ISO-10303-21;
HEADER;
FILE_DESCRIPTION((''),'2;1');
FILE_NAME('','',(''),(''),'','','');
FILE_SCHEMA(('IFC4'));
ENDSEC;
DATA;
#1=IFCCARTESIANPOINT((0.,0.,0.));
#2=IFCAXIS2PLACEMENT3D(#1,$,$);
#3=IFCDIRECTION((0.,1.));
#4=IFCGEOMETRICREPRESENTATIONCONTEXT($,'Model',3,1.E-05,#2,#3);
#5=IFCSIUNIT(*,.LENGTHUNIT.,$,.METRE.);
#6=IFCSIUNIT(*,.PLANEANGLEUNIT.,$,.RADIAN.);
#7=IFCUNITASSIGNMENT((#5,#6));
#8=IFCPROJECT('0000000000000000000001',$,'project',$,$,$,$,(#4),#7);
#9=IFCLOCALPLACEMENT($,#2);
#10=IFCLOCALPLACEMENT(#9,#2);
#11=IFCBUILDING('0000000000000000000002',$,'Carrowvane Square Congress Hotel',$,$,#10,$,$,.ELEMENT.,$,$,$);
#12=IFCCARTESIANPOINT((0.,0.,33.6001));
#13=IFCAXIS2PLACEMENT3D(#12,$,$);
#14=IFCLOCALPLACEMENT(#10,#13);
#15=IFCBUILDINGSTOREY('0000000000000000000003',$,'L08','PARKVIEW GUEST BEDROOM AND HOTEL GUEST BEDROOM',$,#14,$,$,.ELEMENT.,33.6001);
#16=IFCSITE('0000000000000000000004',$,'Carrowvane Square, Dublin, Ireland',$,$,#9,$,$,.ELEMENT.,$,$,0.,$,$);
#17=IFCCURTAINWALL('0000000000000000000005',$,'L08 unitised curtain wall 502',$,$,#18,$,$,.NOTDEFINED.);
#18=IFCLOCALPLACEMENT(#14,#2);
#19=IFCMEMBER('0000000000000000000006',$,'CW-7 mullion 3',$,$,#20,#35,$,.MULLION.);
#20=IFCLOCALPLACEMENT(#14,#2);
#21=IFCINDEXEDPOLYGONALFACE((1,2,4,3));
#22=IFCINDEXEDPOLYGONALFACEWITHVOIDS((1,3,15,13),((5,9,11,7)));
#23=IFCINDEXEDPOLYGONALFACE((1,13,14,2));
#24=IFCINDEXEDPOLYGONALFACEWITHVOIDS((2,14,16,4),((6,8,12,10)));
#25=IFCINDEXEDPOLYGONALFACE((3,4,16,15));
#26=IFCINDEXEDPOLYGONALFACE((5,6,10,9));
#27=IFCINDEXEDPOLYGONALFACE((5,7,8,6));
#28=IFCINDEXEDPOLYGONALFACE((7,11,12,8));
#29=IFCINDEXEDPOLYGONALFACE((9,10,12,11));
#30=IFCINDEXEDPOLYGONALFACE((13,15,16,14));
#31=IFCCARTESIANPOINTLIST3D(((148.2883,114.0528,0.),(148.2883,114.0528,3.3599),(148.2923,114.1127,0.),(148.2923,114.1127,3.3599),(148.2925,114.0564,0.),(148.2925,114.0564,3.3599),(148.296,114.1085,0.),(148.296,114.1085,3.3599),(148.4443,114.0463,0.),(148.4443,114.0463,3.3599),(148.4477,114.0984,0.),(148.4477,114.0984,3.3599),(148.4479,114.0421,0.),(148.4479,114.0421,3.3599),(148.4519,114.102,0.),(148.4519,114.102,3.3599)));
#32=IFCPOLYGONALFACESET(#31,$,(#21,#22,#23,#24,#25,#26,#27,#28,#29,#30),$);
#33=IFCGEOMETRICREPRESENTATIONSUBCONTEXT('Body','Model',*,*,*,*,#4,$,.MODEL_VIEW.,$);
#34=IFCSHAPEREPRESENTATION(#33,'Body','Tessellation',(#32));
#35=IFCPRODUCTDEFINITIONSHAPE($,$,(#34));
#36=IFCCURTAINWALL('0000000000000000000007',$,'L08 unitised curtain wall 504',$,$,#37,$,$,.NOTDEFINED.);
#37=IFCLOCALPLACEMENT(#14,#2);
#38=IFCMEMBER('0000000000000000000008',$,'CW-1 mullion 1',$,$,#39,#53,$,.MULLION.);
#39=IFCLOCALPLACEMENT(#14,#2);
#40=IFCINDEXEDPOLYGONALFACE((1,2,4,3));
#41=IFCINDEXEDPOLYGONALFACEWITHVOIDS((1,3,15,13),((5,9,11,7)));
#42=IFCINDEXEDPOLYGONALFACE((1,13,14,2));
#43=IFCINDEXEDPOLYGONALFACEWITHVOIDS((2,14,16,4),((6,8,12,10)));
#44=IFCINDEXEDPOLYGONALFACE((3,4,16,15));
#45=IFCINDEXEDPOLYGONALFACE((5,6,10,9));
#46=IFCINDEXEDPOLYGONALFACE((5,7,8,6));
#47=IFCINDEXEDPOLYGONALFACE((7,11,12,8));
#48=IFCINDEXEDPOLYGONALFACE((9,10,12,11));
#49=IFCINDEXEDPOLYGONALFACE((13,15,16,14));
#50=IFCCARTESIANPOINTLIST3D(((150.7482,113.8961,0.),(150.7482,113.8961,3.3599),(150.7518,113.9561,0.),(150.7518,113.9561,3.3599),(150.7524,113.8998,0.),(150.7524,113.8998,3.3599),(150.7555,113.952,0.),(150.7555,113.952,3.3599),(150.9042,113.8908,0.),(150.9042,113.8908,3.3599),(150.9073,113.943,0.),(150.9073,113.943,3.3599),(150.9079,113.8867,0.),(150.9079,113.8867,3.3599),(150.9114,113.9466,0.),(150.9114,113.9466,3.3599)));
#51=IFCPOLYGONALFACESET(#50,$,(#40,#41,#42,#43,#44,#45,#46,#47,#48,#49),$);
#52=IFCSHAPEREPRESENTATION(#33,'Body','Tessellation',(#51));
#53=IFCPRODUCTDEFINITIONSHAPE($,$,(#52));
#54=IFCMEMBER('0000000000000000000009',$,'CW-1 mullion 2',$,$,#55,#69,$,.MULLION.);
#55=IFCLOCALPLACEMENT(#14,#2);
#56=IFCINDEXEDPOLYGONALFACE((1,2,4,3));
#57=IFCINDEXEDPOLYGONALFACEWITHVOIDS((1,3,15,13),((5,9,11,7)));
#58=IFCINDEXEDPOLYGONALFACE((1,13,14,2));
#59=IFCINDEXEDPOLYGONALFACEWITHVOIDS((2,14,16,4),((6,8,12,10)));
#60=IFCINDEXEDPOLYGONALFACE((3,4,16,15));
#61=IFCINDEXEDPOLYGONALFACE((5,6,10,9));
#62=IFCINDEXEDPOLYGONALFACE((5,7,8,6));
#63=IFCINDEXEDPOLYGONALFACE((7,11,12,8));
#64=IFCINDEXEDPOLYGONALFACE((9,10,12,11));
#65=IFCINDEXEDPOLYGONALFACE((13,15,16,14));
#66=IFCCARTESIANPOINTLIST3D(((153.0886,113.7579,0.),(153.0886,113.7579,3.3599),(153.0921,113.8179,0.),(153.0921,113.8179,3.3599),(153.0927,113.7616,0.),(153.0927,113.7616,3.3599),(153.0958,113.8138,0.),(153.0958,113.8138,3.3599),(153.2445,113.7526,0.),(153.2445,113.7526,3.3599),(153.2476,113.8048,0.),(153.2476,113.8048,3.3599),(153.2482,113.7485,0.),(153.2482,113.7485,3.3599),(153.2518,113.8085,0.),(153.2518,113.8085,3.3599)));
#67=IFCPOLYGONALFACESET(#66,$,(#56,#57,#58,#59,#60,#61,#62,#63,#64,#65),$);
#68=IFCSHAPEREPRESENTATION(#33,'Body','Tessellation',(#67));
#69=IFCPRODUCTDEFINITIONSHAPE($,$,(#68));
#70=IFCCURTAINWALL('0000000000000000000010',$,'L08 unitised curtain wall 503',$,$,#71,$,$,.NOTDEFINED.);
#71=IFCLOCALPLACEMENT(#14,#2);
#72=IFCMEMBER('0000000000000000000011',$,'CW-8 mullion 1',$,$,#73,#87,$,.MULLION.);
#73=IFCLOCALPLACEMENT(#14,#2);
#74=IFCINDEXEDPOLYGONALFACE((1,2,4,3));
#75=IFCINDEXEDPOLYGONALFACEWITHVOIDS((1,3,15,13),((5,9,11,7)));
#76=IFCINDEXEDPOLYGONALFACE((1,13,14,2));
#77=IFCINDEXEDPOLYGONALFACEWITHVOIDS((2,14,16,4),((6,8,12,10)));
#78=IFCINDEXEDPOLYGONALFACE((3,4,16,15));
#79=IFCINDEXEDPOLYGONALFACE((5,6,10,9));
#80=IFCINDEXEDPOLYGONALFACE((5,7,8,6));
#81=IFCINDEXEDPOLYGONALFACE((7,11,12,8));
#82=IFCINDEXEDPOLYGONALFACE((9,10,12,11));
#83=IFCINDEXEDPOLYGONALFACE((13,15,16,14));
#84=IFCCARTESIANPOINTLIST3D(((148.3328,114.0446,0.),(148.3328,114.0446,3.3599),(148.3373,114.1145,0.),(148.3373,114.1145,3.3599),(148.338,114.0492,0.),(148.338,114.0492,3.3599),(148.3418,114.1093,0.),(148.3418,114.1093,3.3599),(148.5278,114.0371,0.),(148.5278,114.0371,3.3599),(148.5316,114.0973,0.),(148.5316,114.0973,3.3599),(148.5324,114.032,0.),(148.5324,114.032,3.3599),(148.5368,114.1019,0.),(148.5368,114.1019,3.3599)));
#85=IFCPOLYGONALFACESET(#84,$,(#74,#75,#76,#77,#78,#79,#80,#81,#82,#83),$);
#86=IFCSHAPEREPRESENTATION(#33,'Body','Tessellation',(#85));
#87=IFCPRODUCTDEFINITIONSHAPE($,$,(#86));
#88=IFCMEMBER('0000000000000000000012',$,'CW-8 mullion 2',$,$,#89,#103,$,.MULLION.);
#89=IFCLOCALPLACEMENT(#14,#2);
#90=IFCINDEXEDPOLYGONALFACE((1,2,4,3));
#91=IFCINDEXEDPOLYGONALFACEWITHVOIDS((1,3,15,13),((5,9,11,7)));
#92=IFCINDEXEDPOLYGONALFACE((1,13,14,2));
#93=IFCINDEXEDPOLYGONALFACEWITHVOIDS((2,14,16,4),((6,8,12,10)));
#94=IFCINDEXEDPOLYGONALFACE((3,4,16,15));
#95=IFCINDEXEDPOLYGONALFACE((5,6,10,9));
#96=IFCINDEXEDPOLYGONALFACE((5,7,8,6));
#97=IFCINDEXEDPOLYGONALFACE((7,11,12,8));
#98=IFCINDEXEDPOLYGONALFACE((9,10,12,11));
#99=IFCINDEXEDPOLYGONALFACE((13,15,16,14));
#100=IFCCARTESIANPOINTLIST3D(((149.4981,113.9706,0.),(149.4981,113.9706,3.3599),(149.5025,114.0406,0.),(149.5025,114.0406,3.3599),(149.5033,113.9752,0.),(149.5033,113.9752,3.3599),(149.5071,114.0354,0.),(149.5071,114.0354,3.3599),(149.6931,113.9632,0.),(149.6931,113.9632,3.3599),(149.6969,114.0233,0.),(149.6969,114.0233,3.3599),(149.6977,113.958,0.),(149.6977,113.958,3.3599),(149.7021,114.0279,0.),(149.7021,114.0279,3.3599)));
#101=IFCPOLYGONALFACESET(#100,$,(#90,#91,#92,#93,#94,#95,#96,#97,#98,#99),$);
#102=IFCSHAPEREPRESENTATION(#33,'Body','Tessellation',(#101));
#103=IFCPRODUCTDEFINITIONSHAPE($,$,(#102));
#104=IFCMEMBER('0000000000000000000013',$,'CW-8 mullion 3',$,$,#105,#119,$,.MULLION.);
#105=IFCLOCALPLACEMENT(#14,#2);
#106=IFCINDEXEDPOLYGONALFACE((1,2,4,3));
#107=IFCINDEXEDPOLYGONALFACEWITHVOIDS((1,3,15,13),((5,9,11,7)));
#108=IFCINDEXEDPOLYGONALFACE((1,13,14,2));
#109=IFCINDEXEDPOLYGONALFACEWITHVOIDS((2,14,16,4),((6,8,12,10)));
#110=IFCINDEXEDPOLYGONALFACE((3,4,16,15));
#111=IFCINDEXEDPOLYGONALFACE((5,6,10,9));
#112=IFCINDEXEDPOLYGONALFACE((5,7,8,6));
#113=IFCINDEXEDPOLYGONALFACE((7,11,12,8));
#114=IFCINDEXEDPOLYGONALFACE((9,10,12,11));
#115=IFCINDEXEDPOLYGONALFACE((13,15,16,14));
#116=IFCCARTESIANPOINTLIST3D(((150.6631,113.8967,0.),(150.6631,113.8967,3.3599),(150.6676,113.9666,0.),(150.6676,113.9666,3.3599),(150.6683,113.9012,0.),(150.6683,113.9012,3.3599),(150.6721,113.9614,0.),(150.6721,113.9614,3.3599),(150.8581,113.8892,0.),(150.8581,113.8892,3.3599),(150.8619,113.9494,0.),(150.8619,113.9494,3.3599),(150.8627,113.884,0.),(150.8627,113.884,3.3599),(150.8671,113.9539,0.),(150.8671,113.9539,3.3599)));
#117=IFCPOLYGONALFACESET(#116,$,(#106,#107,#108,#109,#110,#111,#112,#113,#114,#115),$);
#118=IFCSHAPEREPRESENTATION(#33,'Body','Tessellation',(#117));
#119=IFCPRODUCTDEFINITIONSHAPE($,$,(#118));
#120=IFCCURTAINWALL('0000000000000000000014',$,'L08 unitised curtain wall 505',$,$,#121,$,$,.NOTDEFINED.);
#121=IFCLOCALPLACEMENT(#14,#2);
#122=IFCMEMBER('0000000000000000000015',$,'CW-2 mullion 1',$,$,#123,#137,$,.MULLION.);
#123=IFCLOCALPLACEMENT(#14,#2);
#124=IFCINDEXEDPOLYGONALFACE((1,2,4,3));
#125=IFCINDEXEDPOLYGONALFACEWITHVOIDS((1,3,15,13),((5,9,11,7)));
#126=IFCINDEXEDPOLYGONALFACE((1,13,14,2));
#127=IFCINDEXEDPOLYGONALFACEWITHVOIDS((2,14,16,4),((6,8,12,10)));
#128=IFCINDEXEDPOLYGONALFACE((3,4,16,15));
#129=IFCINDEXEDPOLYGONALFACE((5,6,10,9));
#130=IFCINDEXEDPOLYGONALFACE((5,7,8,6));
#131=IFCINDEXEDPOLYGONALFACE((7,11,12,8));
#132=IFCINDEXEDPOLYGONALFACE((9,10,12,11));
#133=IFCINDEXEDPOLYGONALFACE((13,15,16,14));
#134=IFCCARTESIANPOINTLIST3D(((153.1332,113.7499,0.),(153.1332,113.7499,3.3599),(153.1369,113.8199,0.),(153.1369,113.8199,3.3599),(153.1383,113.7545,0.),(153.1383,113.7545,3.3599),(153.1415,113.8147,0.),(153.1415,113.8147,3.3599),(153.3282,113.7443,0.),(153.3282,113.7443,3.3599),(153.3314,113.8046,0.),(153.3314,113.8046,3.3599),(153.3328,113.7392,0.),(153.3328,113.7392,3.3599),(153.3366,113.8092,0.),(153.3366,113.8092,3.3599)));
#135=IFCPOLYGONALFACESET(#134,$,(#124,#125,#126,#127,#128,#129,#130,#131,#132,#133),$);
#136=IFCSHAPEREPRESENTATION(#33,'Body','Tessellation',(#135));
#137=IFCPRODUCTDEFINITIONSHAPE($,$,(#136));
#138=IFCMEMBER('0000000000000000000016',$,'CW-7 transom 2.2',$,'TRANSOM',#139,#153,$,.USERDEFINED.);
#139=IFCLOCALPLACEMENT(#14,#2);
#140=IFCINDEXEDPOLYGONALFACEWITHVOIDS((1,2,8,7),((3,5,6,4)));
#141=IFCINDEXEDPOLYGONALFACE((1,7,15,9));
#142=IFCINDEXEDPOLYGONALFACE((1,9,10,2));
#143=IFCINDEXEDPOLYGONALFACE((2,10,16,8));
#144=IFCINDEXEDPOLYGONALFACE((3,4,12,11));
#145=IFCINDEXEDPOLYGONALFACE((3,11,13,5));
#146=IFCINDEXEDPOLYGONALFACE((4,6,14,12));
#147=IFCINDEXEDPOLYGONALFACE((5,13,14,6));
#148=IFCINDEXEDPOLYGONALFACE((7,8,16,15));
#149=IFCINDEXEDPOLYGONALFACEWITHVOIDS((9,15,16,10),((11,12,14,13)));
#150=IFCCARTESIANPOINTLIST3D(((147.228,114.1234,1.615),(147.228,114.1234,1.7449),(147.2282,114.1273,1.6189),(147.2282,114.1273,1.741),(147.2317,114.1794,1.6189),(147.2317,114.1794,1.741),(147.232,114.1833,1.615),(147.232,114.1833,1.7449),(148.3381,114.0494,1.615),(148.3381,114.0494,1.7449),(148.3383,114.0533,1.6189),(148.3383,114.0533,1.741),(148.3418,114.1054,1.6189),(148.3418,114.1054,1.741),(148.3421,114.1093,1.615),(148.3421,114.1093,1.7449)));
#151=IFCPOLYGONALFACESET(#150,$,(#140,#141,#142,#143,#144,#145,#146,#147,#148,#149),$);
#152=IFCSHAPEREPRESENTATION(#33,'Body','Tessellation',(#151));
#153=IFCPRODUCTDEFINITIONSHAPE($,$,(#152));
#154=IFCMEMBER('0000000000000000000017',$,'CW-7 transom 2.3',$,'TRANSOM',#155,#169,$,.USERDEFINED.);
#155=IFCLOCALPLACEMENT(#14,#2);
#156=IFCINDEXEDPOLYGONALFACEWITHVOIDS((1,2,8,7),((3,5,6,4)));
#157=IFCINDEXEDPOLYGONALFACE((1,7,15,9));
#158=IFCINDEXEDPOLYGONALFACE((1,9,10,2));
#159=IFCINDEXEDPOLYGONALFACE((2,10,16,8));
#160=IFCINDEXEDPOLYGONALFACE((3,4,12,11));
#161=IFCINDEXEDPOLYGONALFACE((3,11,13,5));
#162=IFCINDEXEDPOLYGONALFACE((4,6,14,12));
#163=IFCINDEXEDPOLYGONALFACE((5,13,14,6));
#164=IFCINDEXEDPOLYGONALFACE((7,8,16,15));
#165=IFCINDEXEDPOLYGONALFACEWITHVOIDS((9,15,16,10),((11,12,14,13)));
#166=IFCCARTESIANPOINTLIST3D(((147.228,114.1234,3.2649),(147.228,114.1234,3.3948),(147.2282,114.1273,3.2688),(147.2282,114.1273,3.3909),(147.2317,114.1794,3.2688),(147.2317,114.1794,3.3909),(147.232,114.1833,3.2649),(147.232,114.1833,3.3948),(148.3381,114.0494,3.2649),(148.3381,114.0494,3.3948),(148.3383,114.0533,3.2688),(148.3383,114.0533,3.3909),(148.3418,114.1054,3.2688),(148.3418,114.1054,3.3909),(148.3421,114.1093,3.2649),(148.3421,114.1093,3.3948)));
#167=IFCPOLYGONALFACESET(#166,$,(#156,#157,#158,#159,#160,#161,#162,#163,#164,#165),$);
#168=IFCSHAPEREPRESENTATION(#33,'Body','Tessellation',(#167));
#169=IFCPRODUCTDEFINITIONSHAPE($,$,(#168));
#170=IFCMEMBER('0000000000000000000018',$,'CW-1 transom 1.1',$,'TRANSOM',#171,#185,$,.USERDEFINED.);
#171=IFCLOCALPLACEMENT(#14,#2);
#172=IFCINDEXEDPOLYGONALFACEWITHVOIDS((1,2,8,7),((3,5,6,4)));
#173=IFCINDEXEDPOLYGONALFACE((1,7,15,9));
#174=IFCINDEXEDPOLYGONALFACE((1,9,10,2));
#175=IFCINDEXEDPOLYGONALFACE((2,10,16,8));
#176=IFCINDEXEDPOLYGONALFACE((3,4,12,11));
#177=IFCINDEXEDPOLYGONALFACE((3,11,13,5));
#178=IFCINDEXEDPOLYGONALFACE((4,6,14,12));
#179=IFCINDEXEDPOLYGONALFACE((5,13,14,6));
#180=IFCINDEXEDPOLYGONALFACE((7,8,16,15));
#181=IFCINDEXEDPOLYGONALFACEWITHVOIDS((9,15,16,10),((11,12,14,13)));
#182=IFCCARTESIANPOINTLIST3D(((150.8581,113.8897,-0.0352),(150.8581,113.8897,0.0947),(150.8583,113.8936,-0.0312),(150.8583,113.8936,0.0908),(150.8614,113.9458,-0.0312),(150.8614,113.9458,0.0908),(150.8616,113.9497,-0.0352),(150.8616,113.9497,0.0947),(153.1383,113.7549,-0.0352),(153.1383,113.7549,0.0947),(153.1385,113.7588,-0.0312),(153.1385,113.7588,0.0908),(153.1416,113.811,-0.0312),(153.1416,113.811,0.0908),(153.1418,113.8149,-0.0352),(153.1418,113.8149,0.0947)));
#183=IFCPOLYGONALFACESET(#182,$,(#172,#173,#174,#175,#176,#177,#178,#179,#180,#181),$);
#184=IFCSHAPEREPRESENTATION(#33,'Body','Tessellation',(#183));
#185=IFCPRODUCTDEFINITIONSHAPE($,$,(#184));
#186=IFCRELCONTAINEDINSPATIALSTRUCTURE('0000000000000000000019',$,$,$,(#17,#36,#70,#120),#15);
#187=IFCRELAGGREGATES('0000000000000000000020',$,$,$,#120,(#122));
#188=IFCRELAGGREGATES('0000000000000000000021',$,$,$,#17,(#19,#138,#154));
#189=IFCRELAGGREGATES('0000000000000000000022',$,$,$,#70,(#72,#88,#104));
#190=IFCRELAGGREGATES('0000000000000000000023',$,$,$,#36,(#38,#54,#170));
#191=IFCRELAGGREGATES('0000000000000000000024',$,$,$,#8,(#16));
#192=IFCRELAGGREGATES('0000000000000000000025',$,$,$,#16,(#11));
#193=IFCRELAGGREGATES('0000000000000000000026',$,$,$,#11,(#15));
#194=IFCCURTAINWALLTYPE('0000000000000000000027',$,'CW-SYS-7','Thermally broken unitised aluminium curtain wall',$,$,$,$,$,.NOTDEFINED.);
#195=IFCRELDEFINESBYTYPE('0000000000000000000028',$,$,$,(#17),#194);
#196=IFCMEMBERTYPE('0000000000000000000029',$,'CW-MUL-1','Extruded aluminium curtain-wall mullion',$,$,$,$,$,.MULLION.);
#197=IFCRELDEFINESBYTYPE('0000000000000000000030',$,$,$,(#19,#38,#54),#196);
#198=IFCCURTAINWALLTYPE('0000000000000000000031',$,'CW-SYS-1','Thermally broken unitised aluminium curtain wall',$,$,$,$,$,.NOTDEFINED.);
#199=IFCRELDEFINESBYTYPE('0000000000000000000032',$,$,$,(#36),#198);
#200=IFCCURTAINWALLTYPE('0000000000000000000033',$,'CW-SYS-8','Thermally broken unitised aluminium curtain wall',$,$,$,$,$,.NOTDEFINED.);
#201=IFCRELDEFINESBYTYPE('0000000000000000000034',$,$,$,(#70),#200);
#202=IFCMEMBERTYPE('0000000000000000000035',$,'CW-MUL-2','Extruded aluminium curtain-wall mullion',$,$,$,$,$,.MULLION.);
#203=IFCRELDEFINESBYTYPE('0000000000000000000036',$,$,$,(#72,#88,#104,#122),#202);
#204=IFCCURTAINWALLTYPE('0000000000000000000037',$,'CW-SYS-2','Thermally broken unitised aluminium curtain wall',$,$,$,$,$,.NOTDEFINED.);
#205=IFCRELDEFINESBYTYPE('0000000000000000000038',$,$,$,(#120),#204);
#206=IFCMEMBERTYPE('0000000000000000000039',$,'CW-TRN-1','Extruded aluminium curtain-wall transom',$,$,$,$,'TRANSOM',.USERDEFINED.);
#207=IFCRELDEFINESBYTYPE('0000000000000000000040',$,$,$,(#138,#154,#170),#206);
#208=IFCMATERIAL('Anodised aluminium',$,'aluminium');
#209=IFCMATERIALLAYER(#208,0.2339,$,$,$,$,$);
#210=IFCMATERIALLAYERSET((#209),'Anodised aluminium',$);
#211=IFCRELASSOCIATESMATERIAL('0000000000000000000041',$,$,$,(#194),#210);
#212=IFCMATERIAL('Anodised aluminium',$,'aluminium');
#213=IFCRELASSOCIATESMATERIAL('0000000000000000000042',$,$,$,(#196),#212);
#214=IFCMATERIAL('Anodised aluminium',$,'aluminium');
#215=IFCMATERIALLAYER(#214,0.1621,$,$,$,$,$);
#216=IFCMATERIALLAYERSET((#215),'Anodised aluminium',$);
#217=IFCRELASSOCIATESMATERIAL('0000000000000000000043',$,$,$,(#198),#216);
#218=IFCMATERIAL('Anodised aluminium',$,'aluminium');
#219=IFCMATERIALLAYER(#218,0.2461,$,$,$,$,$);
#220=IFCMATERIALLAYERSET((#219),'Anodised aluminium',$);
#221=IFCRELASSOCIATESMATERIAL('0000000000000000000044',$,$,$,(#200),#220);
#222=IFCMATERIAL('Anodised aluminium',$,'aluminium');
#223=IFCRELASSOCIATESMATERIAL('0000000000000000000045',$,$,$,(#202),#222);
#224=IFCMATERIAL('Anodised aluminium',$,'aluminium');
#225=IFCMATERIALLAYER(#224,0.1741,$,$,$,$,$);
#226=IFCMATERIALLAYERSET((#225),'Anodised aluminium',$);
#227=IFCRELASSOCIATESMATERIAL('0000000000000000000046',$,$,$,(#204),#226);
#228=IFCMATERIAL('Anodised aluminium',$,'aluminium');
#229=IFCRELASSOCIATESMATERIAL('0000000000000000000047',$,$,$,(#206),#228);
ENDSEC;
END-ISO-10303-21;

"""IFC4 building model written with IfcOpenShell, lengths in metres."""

from ifc_helpers import new_model, si_unit, direction, frame, origin, origin_2d, place, context, subcontext, project, spatial, hollow_rectangle, extrude, material, layer, layer_set, material_profile, profile_set, type_object, element, aggregate, save


model = new_model("IFC4")

# Units and contexts
model_context = context("Model", 3, precision=1e-05, world=origin(), true_north=direction((0.0, 1.0)))
body_context = subcontext(model_context, "Body", "Model", "MODEL_VIEW")
ifc_project = project(units=[si_unit("LENGTHUNIT", "METRE"), si_unit("PLANEANGLEUNIT", "RADIAN")], contexts=[model_context])

# Site, building, storey
site_placement = place(None, origin())
site = spatial("IfcSite", under=ifc_project, at=site_placement, Name="Carrowvane Square, Dublin, Ireland", CompositionType="ELEMENT", RefElevation=0.0)
building_placement = place(site_placement, origin())
building = spatial("IfcBuilding", under=site, at=building_placement, Name="Carrowvane Square Congress Hotel", CompositionType="ELEMENT")
storey_placement = place(building_placement, frame((0.0, 0.0, 33.6001)))
storey = spatial("IfcBuildingStorey", under=building, at=storey_placement, Name="L08", Description="PARKVIEW GUEST BEDROOM AND HOTEL GUEST BEDROOM", CompositionType="ELEMENT", Elevation=33.6001)

# Curtain wall, member
ifc_material_1 = material(Name="Anodised aluminium", Category="aluminium")
ifc_layer_1 = layer(ifc_material_1, 0.2339)
ifc_layer_set_1 = layer_set([ifc_layer_1], Name="Anodised aluminium")
curtain_wall_type_1 = type_object("IfcCurtainWallType", Name="CW-SYS-7", Description="Thermally broken unitised aluminium curtain wall", PredefinedType="NOTDEFINED", material=ifc_layer_set_1)
curtain_wall_1_placement = place(storey_placement, origin())
curtain_wall_1 = element("IfcCurtainWall", 1, at=curtain_wall_1_placement, inside=storey, type_object=curtain_wall_type_1, Name="L08 unitised curtain wall 502", PredefinedType="NOTDEFINED")
ifc_material_2 = material(Name="Anodised aluminium", Category="aluminium")
ifc_material_profile_1 = material_profile(ifc_material_2, hollow_rectangle(XDim=0.0601, YDim=0.1599, WallThickness=0.0039, at=origin_2d()), Name="CW-ML 60x160x4")
ifc_profile_set_1 = profile_set([ifc_material_profile_1], Name="Anodised aluminium")
member_type_1 = type_object("IfcMemberType", Name="CW-MUL-1", Description="Extruded aluminium curtain-wall mullion", PredefinedType="MULLION", material=ifc_profile_set_1)
member_1_placement = place(storey_placement, frame((148.3701, 114.0774, 0.0), z_axis=(0.0, 0.0, 1.0), x_axis=(0.066574, 0.997781, 0.0)))
member_1 = element("IfcMember", 2, at=member_1_placement, type_object=member_type_1, Name="CW-7 mullion 3", PredefinedType="MULLION", context=body_context, shape_type="SweptSolid", body=[
    extrude(hollow_rectangle(XDim=0.0601, YDim=0.1599, WallThickness=0.0039, at=origin_2d()), origin(), (0.0, 0.0, 1.0), 3.3599),
])

# Curtain walls, members
ifc_material_3 = material(Name="Anodised aluminium", Category="aluminium")
ifc_layer_2 = layer(ifc_material_3, 0.1621)
ifc_layer_set_2 = layer_set([ifc_layer_2], Name="Anodised aluminium")
curtain_wall_type_2 = type_object("IfcCurtainWallType", Name="CW-SYS-1", Description="Thermally broken unitised aluminium curtain wall", PredefinedType="NOTDEFINED", material=ifc_layer_set_2)
curtain_wall_2_placement = place(storey_placement, origin())
curtain_wall_2 = element("IfcCurtainWall", 3, at=curtain_wall_2_placement, inside=storey, type_object=curtain_wall_type_2, Name="L08 unitised curtain wall 504", PredefinedType="NOTDEFINED")
member_2_placement = place(storey_placement, frame((150.8298, 113.9214, 0.0), z_axis=(0.0, 0.0, 1.0), x_axis=(0.058989, 0.998259, 0.0)))
member_2 = element("IfcMember", 4, at=member_2_placement, type_object=member_type_1, Name="CW-1 mullion 1", PredefinedType="MULLION", context=body_context, shape_type="SweptSolid", body=[
    extrude(hollow_rectangle(XDim=0.0601, YDim=0.1599, WallThickness=0.0039, at=origin_2d()), origin(), (0.0, 0.0, 1.0), 3.3599),
])
member_3_placement = place(storey_placement, frame((153.1702, 113.7832, 0.0), z_axis=(0.0, 0.0, 1.0), x_axis=(0.058989, 0.998259, 0.0)))
member_3 = element("IfcMember", 5, at=member_3_placement, type_object=member_type_1, Name="CW-1 mullion 2", PredefinedType="MULLION", context=body_context, shape_type="SweptSolid", body=[
    extrude(hollow_rectangle(XDim=0.0601, YDim=0.1599, WallThickness=0.0039, at=origin_2d()), origin(), (0.0, 0.0, 1.0), 3.3599),
])
ifc_material_4 = material(Name="Anodised aluminium", Category="aluminium")
ifc_layer_3 = layer(ifc_material_4, 0.2461)
ifc_layer_set_3 = layer_set([ifc_layer_3], Name="Anodised aluminium")
curtain_wall_type_3 = type_object("IfcCurtainWallType", Name="CW-SYS-8", Description="Thermally broken unitised aluminium curtain wall", PredefinedType="NOTDEFINED", material=ifc_layer_set_3)
curtain_wall_3_placement = place(storey_placement, origin())
curtain_wall_3 = element("IfcCurtainWall", 6, at=curtain_wall_3_placement, inside=storey, type_object=curtain_wall_type_3, Name="L08 unitised curtain wall 503", PredefinedType="NOTDEFINED")
ifc_material_5 = material(Name="Anodised aluminium", Category="aluminium")
ifc_material_profile_2 = material_profile(ifc_material_5, hollow_rectangle(XDim=0.0701, YDim=0.2, WallThickness=0.0049, at=origin_2d()), Name="CW-ML 70x200x5")
ifc_profile_set_2 = profile_set([ifc_material_profile_2], Name="Anodised aluminium")
member_type_2 = type_object("IfcMemberType", Name="CW-MUL-2", Description="Extruded aluminium curtain-wall mullion", PredefinedType="MULLION", material=ifc_profile_set_2)
member_4_placement = place(storey_placement, frame((148.4348, 114.0732, 0.0), z_axis=(0.0, 0.0, 1.0), x_axis=(0.063273, 0.997996, 0.0)))
member_4 = element("IfcMember", 7, at=member_4_placement, type_object=member_type_2, Name="CW-8 mullion 1", PredefinedType="MULLION", context=body_context, shape_type="SweptSolid", body=[
    extrude(hollow_rectangle(XDim=0.0701, YDim=0.2, WallThickness=0.0049, at=origin_2d()), origin(), (0.0, 0.0, 1.0), 3.3599),
])
member_5_placement = place(storey_placement, frame((149.6001, 113.9993, 0.0), z_axis=(0.0, 0.0, 1.0), x_axis=(0.063273, 0.997996, 0.0)))
member_5 = element("IfcMember", 8, at=member_5_placement, type_object=member_type_2, Name="CW-8 mullion 2", PredefinedType="MULLION", context=body_context, shape_type="SweptSolid", body=[
    extrude(hollow_rectangle(XDim=0.0701, YDim=0.2, WallThickness=0.0049, at=origin_2d()), origin(), (0.0, 0.0, 1.0), 3.3599),
])
member_6_placement = place(storey_placement, frame((150.7651, 113.9253, 0.0), z_axis=(0.0, 0.0, 1.0), x_axis=(0.063273, 0.997996, 0.0)))
member_6 = element("IfcMember", 9, at=member_6_placement, type_object=member_type_2, Name="CW-8 mullion 3", PredefinedType="MULLION", context=body_context, shape_type="SweptSolid", body=[
    extrude(hollow_rectangle(XDim=0.0701, YDim=0.2, WallThickness=0.0049, at=origin_2d()), origin(), (0.0, 0.0, 1.0), 3.3599),
])

# Curtain wall, member
ifc_material_6 = material(Name="Anodised aluminium", Category="aluminium")
ifc_layer_4 = layer(ifc_material_6, 0.1741)
ifc_layer_set_4 = layer_set([ifc_layer_4], Name="Anodised aluminium")
curtain_wall_type_4 = type_object("IfcCurtainWallType", Name="CW-SYS-2", Description="Thermally broken unitised aluminium curtain wall", PredefinedType="NOTDEFINED", material=ifc_layer_set_4)
curtain_wall_4_placement = place(storey_placement, origin())
curtain_wall_4 = element("IfcCurtainWall", 10, at=curtain_wall_4_placement, inside=storey, type_object=curtain_wall_type_4, Name="L08 unitised curtain wall 505", PredefinedType="NOTDEFINED")
member_7_placement = place(storey_placement, frame((153.2349, 113.7795, 0.0), z_axis=(0.0, 0.0, 1.0), x_axis=(0.053516, 0.998567, 0.0)))
member_7 = element("IfcMember", 11, at=member_7_placement, type_object=member_type_2, Name="CW-2 mullion 1", PredefinedType="MULLION", context=body_context, shape_type="SweptSolid", body=[
    extrude(hollow_rectangle(XDim=0.0701, YDim=0.2, WallThickness=0.0049, at=origin_2d()), origin(), (0.0, 0.0, 1.0), 3.3599),
])

# Members
ifc_material_7 = material(Name="Anodised aluminium", Category="aluminium")
ifc_material_profile_3 = material_profile(ifc_material_7, hollow_rectangle(XDim=0.0601, YDim=0.1299, WallThickness=0.0039, at=origin_2d()), Name="CW-TR 60x130x4")
ifc_profile_set_3 = profile_set([ifc_material_profile_3], Name="Anodised aluminium")
member_type_3 = type_object("IfcMemberType", Name="CW-TRN-1", Description="Extruded aluminium curtain-wall transom", ElementType="TRANSOM", PredefinedType="USERDEFINED", material=ifc_profile_set_3)
member_8_placement = place(storey_placement, frame((147.23, 114.1533, 1.6799), z_axis=(0.997787, -0.06649, 0.0), x_axis=(0.06649, 0.997787, 0.0)))
member_8 = element("IfcMember", 12, at=member_8_placement, type_object=member_type_3, Name="CW-7 transom 2.2", ObjectType="TRANSOM", PredefinedType="USERDEFINED", context=body_context, shape_type="SweptSolid", body=[
    extrude(hollow_rectangle(XDim=0.0601, YDim=0.1299, WallThickness=0.0039, at=origin_2d()), origin(), (0.0, 0.0, 1.0), 1.1125),
])
member_9_placement = place(storey_placement, frame((147.23, 114.1533, 3.3298), z_axis=(0.997787, -0.06649, 0.0), x_axis=(0.06649, 0.997787, 0.0)))
member_9 = element("IfcMember", 13, at=member_9_placement, type_object=member_type_3, Name="CW-7 transom 2.3", ObjectType="TRANSOM", PredefinedType="USERDEFINED", context=body_context, shape_type="SweptSolid", body=[
    extrude(hollow_rectangle(XDim=0.0601, YDim=0.1299, WallThickness=0.0039, at=origin_2d()), origin(), (0.0, 0.0, 1.0), 1.1125),
])
member_10_placement = place(storey_placement, frame((150.8599, 113.9197, 0.0298), z_axis=(0.998258, -0.058998, 0.0), x_axis=(0.058998, 0.998258, 0.0)))
member_10 = element("IfcMember", 14, at=member_10_placement, type_object=member_type_3, Name="CW-1 transom 1.1", ObjectType="TRANSOM", PredefinedType="USERDEFINED", context=body_context, shape_type="SweptSolid", body=[
    extrude(hollow_rectangle(XDim=0.0601, YDim=0.1299, WallThickness=0.0039, at=origin_2d()), origin(), (0.0, 0.0, 1.0), 2.2842),
])
aggregate(curtain_wall_4, [member_7])

aggregate(curtain_wall_1, [member_1, member_8, member_9])
aggregate(curtain_wall_3, [member_4, member_5, member_6])
aggregate(curtain_wall_2, [member_2, member_3, member_10])

save(model, "model.ifc")
